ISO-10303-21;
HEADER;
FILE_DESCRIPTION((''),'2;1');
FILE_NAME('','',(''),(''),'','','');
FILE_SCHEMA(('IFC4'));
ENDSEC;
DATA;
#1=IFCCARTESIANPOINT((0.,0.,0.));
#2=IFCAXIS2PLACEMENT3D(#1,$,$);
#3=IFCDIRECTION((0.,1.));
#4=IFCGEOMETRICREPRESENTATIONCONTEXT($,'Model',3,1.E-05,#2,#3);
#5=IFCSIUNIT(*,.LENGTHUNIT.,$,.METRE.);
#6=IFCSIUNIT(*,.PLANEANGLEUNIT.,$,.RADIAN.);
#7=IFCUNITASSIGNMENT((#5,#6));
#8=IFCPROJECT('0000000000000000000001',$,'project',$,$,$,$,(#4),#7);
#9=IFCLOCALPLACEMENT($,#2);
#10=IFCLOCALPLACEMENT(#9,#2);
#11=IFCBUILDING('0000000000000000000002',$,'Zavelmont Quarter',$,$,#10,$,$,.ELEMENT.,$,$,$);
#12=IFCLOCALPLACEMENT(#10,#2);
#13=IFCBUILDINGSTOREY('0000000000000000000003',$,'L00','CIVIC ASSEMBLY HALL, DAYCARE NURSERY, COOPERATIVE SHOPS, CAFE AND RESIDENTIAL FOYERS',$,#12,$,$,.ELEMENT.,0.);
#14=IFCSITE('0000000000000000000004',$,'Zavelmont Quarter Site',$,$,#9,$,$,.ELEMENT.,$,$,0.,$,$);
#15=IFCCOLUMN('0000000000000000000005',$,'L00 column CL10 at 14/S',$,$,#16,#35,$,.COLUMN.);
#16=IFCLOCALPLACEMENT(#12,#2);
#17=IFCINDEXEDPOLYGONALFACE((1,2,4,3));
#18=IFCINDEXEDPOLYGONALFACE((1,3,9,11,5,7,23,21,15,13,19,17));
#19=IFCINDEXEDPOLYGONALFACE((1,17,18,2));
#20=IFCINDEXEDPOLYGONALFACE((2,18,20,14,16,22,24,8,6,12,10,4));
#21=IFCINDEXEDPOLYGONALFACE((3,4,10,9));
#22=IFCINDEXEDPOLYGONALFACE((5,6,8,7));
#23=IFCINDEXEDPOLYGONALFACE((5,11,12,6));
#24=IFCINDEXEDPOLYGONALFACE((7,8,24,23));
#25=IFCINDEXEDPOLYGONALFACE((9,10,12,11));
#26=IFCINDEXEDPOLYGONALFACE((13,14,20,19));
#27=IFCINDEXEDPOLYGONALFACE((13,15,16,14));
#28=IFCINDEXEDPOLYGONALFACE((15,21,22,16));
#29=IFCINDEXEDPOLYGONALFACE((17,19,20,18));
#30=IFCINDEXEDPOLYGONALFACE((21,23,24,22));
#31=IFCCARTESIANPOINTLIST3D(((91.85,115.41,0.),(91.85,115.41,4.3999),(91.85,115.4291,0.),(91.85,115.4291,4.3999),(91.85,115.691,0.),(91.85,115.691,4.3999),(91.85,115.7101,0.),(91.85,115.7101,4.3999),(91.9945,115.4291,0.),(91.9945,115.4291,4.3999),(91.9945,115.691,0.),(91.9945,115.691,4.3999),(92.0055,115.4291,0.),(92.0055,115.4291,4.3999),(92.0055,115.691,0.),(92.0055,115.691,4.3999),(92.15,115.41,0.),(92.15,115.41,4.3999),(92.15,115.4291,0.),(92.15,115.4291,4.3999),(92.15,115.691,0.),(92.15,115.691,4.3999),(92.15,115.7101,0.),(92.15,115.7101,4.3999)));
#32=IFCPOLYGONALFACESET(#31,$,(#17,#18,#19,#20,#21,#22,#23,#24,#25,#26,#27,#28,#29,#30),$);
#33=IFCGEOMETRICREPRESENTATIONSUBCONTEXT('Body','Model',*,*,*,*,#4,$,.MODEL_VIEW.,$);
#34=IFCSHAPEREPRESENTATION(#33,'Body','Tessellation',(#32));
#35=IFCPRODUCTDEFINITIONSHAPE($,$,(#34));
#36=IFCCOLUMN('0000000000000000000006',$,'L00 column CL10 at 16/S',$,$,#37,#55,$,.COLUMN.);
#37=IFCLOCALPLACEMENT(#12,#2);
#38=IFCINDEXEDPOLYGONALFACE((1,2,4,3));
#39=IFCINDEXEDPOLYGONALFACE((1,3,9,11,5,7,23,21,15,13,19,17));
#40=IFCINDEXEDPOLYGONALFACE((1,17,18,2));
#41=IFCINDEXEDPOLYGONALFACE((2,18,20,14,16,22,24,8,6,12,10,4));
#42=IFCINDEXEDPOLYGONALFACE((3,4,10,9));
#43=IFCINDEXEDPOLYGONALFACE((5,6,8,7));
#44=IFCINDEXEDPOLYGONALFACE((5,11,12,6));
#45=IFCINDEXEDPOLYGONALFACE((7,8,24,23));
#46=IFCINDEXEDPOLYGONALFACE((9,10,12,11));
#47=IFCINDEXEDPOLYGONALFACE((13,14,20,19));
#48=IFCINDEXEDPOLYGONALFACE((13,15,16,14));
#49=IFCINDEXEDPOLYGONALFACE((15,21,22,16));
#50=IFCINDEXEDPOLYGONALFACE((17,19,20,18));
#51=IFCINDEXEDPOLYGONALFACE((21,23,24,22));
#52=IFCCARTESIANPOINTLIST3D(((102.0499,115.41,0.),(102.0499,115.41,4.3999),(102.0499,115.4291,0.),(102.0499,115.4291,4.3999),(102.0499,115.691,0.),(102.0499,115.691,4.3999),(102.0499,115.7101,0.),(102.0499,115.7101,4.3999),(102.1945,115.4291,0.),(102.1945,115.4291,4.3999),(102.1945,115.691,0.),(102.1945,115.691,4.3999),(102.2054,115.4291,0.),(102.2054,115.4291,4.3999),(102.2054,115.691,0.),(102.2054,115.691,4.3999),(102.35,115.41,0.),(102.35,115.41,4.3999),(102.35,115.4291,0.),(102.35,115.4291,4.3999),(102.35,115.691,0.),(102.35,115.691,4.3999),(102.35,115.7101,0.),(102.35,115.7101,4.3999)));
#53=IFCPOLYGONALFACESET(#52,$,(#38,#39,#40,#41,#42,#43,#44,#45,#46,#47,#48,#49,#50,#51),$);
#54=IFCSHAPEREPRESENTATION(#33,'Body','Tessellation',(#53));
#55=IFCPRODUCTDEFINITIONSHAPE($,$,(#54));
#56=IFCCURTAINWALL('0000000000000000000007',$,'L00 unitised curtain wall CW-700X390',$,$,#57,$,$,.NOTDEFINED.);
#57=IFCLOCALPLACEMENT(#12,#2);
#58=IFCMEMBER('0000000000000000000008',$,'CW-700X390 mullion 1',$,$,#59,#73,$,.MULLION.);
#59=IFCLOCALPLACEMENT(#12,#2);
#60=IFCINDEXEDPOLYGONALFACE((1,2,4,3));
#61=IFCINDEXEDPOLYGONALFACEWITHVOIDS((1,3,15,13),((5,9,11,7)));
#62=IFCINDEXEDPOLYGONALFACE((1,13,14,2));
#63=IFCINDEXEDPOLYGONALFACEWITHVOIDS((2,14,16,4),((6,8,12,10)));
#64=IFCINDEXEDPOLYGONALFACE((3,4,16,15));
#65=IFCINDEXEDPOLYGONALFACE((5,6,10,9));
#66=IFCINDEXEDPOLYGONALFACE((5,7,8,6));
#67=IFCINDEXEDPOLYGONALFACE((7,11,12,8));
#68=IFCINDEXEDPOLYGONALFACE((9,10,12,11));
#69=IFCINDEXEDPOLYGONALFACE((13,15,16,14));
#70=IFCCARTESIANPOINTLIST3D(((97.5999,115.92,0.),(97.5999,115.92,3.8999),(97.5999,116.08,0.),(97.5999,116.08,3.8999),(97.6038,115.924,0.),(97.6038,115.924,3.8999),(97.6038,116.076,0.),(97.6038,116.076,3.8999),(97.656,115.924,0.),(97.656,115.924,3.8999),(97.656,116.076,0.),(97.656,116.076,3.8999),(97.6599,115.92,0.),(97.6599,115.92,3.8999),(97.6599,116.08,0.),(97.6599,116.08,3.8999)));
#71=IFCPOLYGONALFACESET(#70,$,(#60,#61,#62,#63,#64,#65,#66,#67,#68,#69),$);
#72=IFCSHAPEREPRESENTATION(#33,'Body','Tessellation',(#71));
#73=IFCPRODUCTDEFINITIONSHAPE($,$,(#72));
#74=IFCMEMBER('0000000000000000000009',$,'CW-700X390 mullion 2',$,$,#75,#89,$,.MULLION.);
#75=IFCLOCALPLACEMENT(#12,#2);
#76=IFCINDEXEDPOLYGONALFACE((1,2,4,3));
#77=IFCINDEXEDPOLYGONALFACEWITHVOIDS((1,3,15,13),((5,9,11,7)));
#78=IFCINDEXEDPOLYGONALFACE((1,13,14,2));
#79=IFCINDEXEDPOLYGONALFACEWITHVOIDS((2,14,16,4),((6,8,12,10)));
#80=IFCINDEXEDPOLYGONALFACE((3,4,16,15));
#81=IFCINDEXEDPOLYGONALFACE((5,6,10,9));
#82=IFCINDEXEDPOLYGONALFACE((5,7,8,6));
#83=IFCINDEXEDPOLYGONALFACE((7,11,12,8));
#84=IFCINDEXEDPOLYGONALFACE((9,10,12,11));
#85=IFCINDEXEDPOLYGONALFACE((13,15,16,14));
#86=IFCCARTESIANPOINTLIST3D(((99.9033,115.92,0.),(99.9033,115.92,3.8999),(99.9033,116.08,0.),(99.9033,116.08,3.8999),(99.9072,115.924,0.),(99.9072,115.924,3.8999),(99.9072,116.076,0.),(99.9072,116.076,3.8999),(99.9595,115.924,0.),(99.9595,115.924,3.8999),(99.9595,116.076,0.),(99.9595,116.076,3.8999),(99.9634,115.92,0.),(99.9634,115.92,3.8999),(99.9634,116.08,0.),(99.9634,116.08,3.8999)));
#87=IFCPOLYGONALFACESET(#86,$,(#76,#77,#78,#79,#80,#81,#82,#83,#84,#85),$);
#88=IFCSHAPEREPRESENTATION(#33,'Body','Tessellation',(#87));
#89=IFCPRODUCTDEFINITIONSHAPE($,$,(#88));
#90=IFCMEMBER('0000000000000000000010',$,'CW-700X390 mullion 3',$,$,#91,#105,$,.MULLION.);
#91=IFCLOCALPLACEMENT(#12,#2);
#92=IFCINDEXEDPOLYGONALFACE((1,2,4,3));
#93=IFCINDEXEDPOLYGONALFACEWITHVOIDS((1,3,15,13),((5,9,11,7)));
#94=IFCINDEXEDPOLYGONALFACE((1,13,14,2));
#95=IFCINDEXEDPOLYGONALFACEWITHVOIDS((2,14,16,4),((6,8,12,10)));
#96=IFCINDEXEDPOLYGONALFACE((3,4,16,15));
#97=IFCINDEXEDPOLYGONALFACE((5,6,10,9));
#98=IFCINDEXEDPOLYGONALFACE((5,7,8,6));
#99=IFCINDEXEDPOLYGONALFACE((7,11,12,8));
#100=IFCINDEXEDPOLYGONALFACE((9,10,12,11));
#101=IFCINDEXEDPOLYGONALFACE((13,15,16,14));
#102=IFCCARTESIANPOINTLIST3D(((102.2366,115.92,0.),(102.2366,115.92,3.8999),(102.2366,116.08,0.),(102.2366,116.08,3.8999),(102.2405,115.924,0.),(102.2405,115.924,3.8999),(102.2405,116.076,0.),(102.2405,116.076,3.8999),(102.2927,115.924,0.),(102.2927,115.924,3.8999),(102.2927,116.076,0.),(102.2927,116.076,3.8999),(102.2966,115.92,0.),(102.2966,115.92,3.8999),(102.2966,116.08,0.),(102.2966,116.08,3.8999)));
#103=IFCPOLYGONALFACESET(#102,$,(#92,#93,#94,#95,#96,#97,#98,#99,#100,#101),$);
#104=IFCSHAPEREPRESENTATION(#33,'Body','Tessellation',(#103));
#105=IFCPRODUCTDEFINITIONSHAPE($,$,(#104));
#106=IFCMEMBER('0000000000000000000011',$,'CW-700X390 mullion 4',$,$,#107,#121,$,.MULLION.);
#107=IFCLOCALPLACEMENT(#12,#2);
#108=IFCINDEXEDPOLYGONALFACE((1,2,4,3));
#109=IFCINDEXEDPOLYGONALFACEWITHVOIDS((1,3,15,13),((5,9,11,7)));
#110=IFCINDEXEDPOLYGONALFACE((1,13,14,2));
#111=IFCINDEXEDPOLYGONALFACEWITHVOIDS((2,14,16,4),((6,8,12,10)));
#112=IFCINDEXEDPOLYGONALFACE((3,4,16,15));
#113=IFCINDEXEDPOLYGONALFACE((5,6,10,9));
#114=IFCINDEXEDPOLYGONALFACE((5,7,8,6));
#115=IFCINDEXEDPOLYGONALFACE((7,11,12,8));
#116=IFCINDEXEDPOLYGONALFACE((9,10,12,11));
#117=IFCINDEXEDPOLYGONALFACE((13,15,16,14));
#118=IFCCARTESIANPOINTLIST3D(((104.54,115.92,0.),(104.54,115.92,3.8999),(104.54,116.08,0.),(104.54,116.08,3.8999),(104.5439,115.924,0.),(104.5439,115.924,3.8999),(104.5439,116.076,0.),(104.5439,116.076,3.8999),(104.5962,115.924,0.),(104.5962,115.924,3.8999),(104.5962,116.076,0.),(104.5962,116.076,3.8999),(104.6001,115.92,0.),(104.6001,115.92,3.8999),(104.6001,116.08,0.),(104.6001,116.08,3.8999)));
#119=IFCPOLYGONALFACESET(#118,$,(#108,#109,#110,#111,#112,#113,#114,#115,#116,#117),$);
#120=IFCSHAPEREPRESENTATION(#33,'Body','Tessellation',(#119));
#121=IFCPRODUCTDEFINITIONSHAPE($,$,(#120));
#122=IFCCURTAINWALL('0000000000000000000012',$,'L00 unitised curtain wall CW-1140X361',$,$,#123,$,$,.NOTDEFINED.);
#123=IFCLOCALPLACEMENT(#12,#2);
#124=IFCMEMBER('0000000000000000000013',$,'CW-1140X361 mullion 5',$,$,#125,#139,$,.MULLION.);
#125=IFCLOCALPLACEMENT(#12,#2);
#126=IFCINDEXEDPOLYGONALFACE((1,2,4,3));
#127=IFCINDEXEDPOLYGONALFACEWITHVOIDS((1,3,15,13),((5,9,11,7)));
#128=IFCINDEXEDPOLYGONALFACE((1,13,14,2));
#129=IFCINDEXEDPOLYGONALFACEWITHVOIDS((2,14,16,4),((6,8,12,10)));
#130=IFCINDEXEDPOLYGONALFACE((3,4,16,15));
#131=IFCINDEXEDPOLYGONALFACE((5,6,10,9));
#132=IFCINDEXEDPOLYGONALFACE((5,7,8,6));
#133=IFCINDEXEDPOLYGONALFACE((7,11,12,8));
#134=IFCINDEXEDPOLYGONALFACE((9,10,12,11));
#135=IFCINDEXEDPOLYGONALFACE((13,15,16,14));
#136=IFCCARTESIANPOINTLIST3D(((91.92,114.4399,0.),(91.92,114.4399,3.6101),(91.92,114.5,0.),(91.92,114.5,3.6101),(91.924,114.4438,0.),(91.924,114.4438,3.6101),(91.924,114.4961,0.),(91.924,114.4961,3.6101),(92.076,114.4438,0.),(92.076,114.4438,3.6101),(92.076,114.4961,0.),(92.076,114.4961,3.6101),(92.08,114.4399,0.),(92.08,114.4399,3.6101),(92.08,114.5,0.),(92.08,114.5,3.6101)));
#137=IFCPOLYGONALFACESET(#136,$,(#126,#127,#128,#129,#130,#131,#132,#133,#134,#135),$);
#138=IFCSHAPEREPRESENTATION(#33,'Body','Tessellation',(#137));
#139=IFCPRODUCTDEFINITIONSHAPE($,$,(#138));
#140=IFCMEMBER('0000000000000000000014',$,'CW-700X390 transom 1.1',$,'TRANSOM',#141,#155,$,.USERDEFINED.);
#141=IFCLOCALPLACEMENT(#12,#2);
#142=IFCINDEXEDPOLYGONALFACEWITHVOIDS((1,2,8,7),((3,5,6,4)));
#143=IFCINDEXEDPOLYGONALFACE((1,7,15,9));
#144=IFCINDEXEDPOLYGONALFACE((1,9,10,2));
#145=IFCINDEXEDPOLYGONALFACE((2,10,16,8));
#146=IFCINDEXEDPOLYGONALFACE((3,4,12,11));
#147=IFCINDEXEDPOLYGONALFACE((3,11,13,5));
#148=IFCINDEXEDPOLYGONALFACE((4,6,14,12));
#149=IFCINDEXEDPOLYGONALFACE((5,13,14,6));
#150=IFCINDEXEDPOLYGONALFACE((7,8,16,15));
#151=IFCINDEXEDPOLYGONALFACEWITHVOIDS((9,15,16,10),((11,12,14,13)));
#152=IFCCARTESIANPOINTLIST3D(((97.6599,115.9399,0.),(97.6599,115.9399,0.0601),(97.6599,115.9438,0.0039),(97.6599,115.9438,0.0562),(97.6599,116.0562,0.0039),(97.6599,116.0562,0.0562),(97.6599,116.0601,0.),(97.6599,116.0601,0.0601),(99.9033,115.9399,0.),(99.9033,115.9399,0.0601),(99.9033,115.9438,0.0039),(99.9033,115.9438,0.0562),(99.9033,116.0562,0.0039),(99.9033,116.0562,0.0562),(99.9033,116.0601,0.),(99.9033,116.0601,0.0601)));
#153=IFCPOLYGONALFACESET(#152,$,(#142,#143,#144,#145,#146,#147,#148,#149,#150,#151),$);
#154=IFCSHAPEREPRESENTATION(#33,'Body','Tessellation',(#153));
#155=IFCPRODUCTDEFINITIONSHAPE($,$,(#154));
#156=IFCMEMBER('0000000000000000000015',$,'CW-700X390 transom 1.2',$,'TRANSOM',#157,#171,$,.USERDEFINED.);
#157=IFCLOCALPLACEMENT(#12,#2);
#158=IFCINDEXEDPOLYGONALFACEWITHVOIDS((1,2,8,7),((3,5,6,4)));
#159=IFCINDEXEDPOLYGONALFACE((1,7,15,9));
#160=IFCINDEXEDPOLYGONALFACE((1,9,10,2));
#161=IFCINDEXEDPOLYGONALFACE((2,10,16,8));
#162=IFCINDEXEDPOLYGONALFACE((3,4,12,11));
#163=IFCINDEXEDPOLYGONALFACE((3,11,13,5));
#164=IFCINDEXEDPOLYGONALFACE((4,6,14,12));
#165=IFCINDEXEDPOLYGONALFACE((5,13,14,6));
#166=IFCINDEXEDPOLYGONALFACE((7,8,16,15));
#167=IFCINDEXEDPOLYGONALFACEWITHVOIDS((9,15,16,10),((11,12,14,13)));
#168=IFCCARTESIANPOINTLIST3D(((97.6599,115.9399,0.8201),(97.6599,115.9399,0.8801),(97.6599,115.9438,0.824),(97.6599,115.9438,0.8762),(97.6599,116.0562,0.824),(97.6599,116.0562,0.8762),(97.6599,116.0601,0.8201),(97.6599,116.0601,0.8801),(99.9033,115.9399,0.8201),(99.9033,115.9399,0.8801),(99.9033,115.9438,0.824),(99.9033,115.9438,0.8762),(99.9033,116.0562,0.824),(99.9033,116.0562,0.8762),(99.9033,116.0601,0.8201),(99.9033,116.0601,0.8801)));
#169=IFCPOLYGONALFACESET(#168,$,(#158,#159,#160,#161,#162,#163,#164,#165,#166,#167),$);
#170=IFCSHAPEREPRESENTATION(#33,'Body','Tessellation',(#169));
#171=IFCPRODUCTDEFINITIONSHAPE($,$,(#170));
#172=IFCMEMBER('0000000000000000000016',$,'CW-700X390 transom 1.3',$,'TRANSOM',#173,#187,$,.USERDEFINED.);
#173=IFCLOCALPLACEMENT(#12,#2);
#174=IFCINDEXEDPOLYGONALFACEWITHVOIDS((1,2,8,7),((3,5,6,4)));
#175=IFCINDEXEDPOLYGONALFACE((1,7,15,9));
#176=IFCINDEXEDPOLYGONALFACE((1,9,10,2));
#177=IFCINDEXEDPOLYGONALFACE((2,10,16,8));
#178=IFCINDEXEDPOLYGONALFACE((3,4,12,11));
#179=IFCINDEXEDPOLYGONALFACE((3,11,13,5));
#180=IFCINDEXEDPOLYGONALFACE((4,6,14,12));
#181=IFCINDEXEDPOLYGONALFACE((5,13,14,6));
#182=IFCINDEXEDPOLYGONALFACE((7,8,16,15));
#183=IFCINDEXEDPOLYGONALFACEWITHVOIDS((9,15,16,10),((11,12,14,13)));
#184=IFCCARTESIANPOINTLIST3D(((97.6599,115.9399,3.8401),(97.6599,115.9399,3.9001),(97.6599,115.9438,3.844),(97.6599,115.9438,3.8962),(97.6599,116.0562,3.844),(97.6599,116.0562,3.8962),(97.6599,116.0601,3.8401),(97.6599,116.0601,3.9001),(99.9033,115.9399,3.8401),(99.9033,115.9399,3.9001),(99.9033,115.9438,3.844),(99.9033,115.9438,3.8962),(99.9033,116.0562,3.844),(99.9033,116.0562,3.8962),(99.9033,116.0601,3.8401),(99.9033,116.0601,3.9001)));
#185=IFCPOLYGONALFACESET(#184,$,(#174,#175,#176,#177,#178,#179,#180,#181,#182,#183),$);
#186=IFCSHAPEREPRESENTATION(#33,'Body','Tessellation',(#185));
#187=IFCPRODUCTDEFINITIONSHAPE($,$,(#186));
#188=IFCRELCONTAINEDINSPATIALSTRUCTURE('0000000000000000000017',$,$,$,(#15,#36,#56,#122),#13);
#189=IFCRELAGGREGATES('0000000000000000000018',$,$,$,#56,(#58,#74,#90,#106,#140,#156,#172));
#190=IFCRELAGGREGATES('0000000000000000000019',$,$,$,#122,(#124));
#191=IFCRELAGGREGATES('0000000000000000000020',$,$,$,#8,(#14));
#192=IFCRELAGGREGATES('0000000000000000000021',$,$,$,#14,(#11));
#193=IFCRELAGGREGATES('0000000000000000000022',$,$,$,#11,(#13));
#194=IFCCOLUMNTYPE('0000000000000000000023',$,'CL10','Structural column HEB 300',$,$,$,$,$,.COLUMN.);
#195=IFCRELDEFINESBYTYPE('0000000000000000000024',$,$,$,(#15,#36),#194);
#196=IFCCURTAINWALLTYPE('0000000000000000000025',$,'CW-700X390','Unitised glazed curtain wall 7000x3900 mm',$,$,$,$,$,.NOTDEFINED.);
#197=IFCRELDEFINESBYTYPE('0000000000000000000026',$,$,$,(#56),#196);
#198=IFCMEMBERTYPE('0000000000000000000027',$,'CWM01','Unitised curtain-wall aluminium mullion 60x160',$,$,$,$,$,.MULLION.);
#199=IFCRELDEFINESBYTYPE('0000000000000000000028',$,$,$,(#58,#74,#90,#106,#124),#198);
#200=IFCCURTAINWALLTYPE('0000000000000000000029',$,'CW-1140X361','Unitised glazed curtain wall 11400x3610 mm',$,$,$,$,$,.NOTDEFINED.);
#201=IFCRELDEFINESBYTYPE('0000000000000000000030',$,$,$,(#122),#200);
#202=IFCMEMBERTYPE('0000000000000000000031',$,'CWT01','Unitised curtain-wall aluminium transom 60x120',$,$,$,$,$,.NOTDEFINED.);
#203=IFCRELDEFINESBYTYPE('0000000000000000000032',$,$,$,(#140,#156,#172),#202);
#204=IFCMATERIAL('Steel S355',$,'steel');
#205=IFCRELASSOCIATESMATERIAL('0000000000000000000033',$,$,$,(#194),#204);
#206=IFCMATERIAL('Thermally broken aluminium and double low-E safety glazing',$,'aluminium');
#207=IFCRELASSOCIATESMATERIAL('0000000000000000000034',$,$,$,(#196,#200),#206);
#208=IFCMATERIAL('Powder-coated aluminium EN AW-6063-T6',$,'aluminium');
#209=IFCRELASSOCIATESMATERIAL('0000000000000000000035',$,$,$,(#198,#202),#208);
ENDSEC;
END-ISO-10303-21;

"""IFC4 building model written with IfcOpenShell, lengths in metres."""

from ifc_helpers import new_model, si_unit, direction, frame, origin, origin_2d, place, context, subcontext, project, spatial, hollow_rectangle, i_section, extrude, material, material_profile, profile_set, type_object, element, aggregate, save


model = new_model("IFC4")

# Units and contexts
model_context = context("Model", 3, precision=1e-05, world=origin(), true_north=direction((0.0, 1.0)))
body_context = subcontext(model_context, "Body", "Model", "MODEL_VIEW")
ifc_project = project(units=[si_unit("LENGTHUNIT", "METRE"), si_unit("PLANEANGLEUNIT", "RADIAN")], contexts=[model_context])

# Site, building, storey
site_placement = place(None, origin())
site = spatial("IfcSite", under=ifc_project, at=site_placement, Name="Zavelmont Quarter Site", CompositionType="ELEMENT", RefElevation=0.0)
building_placement = place(site_placement, origin())
building = spatial("IfcBuilding", under=site, at=building_placement, Name="Zavelmont Quarter", CompositionType="ELEMENT")
storey_placement = place(building_placement, origin())
storey = spatial("IfcBuildingStorey", under=building, at=storey_placement, Name="L00", Description="CIVIC ASSEMBLY HALL, DAYCARE NURSERY, COOPERATIVE SHOPS, CAFE AND RESIDENTIAL FOYERS", CompositionType="ELEMENT", Elevation=0.0)

# Columns
ifc_material_1 = material(Name="Steel S355", Category="steel")
ifc_material_profile_1 = material_profile(ifc_material_1, i_section(OverallWidth=0.3, OverallDepth=0.3, WebThickness=0.011, FlangeThickness=0.019, at=origin_2d()), Name="HEB 300")
ifc_profile_set_1 = profile_set([ifc_material_profile_1], Name="Steel S355")
column_type = type_object("IfcColumnType", Name="CL10", Description="Structural column HEB 300", PredefinedType="COLUMN", material=ifc_profile_set_1)
for number, where, z_axis, x_axis, name in (
    (1, (92.0, 115.5601, 0.0), (0.0, 0.0, 1.0), (1.0, 0.0, 0.0), "L00 column CL10 at 14/S"),
    (2, (102.2, 115.5601, 0.0), (0.0, 0.0, 1.0), (1.0, 0.0, 0.0), "L00 column CL10 at 16/S"),
):
    element("IfcColumn", number, at=place(storey_placement, frame(where, z_axis=z_axis, x_axis=x_axis)), inside=storey, type_object=column_type, Name=name, PredefinedType="COLUMN", context=body_context, shape_type="SweptSolid", body=[
        extrude(i_section(OverallWidth=0.3, OverallDepth=0.3, WebThickness=0.011, FlangeThickness=0.019, at=origin_2d()), origin(), (0.0, 0.0, 1.0), 4.3999),
    ])

# Curtain wall, members
ifc_material_2 = material(Name="Thermally broken aluminium and double low-E safety glazing", Category="aluminium")
curtain_wall_type_1 = type_object("IfcCurtainWallType", Name="CW-700X390", Description="Unitised glazed curtain wall 7000x3900 mm", PredefinedType="NOTDEFINED", material=ifc_material_2)
curtain_wall_1_placement = place(storey_placement, origin())
curtain_wall_1 = element("IfcCurtainWall", 3, at=curtain_wall_1_placement, inside=storey, type_object=curtain_wall_type_1, Name="L00 unitised curtain wall CW-700X390", PredefinedType="NOTDEFINED")
ifc_material_3 = material(Name="Powder-coated aluminium EN AW-6063-T6", Category="aluminium")
ifc_material_profile_2 = material_profile(ifc_material_3, hollow_rectangle(XDim=0.0601, YDim=0.1599, WallThickness=0.0039, at=origin_2d()), Name="CWM60X160")
ifc_profile_set_2 = profile_set([ifc_material_profile_2], Name="Powder-coated aluminium EN AW-6063-T6")
member_type_1 = type_object("IfcMemberType", Name="CWM01", Description="Unitised curtain-wall aluminium mullion 60x160", PredefinedType="MULLION", material=ifc_profile_set_2)
member_1_placement = place(storey_placement, frame((97.6299, 116.0, 0.0), z_axis=(0.0, 0.0, 1.0), x_axis=(1.0, 0.0, 0.0)))
member_1 = element("IfcMember", 4, at=member_1_placement, type_object=member_type_1, Name="CW-700X390 mullion 1", PredefinedType="MULLION", context=body_context, shape_type="SweptSolid", body=[
    extrude(hollow_rectangle(XDim=0.0601, YDim=0.1599, WallThickness=0.0039, at=origin_2d()), origin(), (0.0, 0.0, 1.0), 3.8999),
])
member_2_placement = place(storey_placement, frame((99.9333, 116.0, 0.0), z_axis=(0.0, 0.0, 1.0), x_axis=(1.0, 0.0, 0.0)))
member_2 = element("IfcMember", 5, at=member_2_placement, type_object=member_type_1, Name="CW-700X390 mullion 2", PredefinedType="MULLION", context=body_context, shape_type="SweptSolid", body=[
    extrude(hollow_rectangle(XDim=0.0601, YDim=0.1599, WallThickness=0.0039, at=origin_2d()), origin(), (0.0, 0.0, 1.0), 3.8999),
])
member_3_placement = place(storey_placement, frame((102.2666, 116.0, 0.0), z_axis=(0.0, 0.0, 1.0), x_axis=(1.0, 0.0, 0.0)))
member_3 = element("IfcMember", 6, at=member_3_placement, type_object=member_type_1, Name="CW-700X390 mullion 3", PredefinedType="MULLION", context=body_context, shape_type="SweptSolid", body=[
    extrude(hollow_rectangle(XDim=0.0601, YDim=0.1599, WallThickness=0.0039, at=origin_2d()), origin(), (0.0, 0.0, 1.0), 3.8999),
])
member_4_placement = place(storey_placement, frame((104.5701, 116.0, 0.0), z_axis=(0.0, 0.0, 1.0), x_axis=(1.0, 0.0, 0.0)))
member_4 = element("IfcMember", 7, at=member_4_placement, type_object=member_type_1, Name="CW-700X390 mullion 4", PredefinedType="MULLION", context=body_context, shape_type="SweptSolid", body=[
    extrude(hollow_rectangle(XDim=0.0601, YDim=0.1599, WallThickness=0.0039, at=origin_2d()), origin(), (0.0, 0.0, 1.0), 3.8999),
])

# Curtain wall, member
curtain_wall_type_2 = type_object("IfcCurtainWallType", Name="CW-1140X361", Description="Unitised glazed curtain wall 11400x3610 mm", PredefinedType="NOTDEFINED", material=ifc_material_2)
curtain_wall_2_placement = place(storey_placement, origin())
curtain_wall_2 = element("IfcCurtainWall", 8, at=curtain_wall_2_placement, inside=storey, type_object=curtain_wall_type_2, Name="L00 unitised curtain wall CW-1140X361", PredefinedType="NOTDEFINED")
member_5_placement = place(storey_placement, frame((92.0, 114.47, 0.0), z_axis=(0.0, 0.0, 1.0), x_axis=(0.0, 1.0, 0.0)))
member_5 = element("IfcMember", 9, at=member_5_placement, type_object=member_type_1, Name="CW-1140X361 mullion 5", PredefinedType="MULLION", context=body_context, shape_type="SweptSolid", body=[
    extrude(hollow_rectangle(XDim=0.0601, YDim=0.1599, WallThickness=0.0039, at=origin_2d()), origin(), (0.0, 0.0, 1.0), 3.6101),
])

# Members
ifc_material_profile_3 = material_profile(ifc_material_3, hollow_rectangle(XDim=0.1201, YDim=0.0601, WallThickness=0.0039, at=origin_2d()), Name="CWT60X120")
ifc_profile_set_3 = profile_set([ifc_material_profile_3], Name="Powder-coated aluminium EN AW-6063-T6")
member_type_2 = type_object("IfcMemberType", Name="CWT01", Description="Unitised curtain-wall aluminium transom 60x120", PredefinedType="NOTDEFINED", material=ifc_profile_set_3)
member_6_placement = place(storey_placement, frame((97.6599, 116.0, 0.03), z_axis=(1.0, 0.0, 0.0), x_axis=(0.0, 1.0, 0.0)))
member_6 = element("IfcMember", 10, at=member_6_placement, type_object=member_type_2, Name="CW-700X390 transom 1.1", ObjectType="TRANSOM", PredefinedType="USERDEFINED", context=body_context, shape_type="SweptSolid", body=[
    extrude(hollow_rectangle(XDim=0.1201, YDim=0.0601, WallThickness=0.0039, at=origin_2d()), origin(), (0.0, 0.0, 1.0), 2.2434),
])
member_7_placement = place(storey_placement, frame((97.6599, 116.0, 0.8501), z_axis=(1.0, 0.0, 0.0), x_axis=(0.0, 1.0, 0.0)))
member_7 = element("IfcMember", 11, at=member_7_placement, type_object=member_type_2, Name="CW-700X390 transom 1.2", ObjectType="TRANSOM", PredefinedType="USERDEFINED", context=body_context, shape_type="SweptSolid", body=[
    extrude(hollow_rectangle(XDim=0.1201, YDim=0.0601, WallThickness=0.0039, at=origin_2d()), origin(), (0.0, 0.0, 1.0), 2.2434),
])
member_8_placement = place(storey_placement, frame((97.6599, 116.0, 3.8701), z_axis=(1.0, 0.0, 0.0), x_axis=(0.0, 1.0, 0.0)))
member_8 = element("IfcMember", 12, at=member_8_placement, type_object=member_type_2, Name="CW-700X390 transom 1.3", ObjectType="TRANSOM", PredefinedType="USERDEFINED", context=body_context, shape_type="SweptSolid", body=[
    extrude(hollow_rectangle(XDim=0.1201, YDim=0.0601, WallThickness=0.0039, at=origin_2d()), origin(), (0.0, 0.0, 1.0), 2.2434),
])

aggregate(curtain_wall_1, [member_1, member_2, member_3, member_4, member_6, member_7, member_8])
aggregate(curtain_wall_2, [member_5])

save(model, "model.ifc")
